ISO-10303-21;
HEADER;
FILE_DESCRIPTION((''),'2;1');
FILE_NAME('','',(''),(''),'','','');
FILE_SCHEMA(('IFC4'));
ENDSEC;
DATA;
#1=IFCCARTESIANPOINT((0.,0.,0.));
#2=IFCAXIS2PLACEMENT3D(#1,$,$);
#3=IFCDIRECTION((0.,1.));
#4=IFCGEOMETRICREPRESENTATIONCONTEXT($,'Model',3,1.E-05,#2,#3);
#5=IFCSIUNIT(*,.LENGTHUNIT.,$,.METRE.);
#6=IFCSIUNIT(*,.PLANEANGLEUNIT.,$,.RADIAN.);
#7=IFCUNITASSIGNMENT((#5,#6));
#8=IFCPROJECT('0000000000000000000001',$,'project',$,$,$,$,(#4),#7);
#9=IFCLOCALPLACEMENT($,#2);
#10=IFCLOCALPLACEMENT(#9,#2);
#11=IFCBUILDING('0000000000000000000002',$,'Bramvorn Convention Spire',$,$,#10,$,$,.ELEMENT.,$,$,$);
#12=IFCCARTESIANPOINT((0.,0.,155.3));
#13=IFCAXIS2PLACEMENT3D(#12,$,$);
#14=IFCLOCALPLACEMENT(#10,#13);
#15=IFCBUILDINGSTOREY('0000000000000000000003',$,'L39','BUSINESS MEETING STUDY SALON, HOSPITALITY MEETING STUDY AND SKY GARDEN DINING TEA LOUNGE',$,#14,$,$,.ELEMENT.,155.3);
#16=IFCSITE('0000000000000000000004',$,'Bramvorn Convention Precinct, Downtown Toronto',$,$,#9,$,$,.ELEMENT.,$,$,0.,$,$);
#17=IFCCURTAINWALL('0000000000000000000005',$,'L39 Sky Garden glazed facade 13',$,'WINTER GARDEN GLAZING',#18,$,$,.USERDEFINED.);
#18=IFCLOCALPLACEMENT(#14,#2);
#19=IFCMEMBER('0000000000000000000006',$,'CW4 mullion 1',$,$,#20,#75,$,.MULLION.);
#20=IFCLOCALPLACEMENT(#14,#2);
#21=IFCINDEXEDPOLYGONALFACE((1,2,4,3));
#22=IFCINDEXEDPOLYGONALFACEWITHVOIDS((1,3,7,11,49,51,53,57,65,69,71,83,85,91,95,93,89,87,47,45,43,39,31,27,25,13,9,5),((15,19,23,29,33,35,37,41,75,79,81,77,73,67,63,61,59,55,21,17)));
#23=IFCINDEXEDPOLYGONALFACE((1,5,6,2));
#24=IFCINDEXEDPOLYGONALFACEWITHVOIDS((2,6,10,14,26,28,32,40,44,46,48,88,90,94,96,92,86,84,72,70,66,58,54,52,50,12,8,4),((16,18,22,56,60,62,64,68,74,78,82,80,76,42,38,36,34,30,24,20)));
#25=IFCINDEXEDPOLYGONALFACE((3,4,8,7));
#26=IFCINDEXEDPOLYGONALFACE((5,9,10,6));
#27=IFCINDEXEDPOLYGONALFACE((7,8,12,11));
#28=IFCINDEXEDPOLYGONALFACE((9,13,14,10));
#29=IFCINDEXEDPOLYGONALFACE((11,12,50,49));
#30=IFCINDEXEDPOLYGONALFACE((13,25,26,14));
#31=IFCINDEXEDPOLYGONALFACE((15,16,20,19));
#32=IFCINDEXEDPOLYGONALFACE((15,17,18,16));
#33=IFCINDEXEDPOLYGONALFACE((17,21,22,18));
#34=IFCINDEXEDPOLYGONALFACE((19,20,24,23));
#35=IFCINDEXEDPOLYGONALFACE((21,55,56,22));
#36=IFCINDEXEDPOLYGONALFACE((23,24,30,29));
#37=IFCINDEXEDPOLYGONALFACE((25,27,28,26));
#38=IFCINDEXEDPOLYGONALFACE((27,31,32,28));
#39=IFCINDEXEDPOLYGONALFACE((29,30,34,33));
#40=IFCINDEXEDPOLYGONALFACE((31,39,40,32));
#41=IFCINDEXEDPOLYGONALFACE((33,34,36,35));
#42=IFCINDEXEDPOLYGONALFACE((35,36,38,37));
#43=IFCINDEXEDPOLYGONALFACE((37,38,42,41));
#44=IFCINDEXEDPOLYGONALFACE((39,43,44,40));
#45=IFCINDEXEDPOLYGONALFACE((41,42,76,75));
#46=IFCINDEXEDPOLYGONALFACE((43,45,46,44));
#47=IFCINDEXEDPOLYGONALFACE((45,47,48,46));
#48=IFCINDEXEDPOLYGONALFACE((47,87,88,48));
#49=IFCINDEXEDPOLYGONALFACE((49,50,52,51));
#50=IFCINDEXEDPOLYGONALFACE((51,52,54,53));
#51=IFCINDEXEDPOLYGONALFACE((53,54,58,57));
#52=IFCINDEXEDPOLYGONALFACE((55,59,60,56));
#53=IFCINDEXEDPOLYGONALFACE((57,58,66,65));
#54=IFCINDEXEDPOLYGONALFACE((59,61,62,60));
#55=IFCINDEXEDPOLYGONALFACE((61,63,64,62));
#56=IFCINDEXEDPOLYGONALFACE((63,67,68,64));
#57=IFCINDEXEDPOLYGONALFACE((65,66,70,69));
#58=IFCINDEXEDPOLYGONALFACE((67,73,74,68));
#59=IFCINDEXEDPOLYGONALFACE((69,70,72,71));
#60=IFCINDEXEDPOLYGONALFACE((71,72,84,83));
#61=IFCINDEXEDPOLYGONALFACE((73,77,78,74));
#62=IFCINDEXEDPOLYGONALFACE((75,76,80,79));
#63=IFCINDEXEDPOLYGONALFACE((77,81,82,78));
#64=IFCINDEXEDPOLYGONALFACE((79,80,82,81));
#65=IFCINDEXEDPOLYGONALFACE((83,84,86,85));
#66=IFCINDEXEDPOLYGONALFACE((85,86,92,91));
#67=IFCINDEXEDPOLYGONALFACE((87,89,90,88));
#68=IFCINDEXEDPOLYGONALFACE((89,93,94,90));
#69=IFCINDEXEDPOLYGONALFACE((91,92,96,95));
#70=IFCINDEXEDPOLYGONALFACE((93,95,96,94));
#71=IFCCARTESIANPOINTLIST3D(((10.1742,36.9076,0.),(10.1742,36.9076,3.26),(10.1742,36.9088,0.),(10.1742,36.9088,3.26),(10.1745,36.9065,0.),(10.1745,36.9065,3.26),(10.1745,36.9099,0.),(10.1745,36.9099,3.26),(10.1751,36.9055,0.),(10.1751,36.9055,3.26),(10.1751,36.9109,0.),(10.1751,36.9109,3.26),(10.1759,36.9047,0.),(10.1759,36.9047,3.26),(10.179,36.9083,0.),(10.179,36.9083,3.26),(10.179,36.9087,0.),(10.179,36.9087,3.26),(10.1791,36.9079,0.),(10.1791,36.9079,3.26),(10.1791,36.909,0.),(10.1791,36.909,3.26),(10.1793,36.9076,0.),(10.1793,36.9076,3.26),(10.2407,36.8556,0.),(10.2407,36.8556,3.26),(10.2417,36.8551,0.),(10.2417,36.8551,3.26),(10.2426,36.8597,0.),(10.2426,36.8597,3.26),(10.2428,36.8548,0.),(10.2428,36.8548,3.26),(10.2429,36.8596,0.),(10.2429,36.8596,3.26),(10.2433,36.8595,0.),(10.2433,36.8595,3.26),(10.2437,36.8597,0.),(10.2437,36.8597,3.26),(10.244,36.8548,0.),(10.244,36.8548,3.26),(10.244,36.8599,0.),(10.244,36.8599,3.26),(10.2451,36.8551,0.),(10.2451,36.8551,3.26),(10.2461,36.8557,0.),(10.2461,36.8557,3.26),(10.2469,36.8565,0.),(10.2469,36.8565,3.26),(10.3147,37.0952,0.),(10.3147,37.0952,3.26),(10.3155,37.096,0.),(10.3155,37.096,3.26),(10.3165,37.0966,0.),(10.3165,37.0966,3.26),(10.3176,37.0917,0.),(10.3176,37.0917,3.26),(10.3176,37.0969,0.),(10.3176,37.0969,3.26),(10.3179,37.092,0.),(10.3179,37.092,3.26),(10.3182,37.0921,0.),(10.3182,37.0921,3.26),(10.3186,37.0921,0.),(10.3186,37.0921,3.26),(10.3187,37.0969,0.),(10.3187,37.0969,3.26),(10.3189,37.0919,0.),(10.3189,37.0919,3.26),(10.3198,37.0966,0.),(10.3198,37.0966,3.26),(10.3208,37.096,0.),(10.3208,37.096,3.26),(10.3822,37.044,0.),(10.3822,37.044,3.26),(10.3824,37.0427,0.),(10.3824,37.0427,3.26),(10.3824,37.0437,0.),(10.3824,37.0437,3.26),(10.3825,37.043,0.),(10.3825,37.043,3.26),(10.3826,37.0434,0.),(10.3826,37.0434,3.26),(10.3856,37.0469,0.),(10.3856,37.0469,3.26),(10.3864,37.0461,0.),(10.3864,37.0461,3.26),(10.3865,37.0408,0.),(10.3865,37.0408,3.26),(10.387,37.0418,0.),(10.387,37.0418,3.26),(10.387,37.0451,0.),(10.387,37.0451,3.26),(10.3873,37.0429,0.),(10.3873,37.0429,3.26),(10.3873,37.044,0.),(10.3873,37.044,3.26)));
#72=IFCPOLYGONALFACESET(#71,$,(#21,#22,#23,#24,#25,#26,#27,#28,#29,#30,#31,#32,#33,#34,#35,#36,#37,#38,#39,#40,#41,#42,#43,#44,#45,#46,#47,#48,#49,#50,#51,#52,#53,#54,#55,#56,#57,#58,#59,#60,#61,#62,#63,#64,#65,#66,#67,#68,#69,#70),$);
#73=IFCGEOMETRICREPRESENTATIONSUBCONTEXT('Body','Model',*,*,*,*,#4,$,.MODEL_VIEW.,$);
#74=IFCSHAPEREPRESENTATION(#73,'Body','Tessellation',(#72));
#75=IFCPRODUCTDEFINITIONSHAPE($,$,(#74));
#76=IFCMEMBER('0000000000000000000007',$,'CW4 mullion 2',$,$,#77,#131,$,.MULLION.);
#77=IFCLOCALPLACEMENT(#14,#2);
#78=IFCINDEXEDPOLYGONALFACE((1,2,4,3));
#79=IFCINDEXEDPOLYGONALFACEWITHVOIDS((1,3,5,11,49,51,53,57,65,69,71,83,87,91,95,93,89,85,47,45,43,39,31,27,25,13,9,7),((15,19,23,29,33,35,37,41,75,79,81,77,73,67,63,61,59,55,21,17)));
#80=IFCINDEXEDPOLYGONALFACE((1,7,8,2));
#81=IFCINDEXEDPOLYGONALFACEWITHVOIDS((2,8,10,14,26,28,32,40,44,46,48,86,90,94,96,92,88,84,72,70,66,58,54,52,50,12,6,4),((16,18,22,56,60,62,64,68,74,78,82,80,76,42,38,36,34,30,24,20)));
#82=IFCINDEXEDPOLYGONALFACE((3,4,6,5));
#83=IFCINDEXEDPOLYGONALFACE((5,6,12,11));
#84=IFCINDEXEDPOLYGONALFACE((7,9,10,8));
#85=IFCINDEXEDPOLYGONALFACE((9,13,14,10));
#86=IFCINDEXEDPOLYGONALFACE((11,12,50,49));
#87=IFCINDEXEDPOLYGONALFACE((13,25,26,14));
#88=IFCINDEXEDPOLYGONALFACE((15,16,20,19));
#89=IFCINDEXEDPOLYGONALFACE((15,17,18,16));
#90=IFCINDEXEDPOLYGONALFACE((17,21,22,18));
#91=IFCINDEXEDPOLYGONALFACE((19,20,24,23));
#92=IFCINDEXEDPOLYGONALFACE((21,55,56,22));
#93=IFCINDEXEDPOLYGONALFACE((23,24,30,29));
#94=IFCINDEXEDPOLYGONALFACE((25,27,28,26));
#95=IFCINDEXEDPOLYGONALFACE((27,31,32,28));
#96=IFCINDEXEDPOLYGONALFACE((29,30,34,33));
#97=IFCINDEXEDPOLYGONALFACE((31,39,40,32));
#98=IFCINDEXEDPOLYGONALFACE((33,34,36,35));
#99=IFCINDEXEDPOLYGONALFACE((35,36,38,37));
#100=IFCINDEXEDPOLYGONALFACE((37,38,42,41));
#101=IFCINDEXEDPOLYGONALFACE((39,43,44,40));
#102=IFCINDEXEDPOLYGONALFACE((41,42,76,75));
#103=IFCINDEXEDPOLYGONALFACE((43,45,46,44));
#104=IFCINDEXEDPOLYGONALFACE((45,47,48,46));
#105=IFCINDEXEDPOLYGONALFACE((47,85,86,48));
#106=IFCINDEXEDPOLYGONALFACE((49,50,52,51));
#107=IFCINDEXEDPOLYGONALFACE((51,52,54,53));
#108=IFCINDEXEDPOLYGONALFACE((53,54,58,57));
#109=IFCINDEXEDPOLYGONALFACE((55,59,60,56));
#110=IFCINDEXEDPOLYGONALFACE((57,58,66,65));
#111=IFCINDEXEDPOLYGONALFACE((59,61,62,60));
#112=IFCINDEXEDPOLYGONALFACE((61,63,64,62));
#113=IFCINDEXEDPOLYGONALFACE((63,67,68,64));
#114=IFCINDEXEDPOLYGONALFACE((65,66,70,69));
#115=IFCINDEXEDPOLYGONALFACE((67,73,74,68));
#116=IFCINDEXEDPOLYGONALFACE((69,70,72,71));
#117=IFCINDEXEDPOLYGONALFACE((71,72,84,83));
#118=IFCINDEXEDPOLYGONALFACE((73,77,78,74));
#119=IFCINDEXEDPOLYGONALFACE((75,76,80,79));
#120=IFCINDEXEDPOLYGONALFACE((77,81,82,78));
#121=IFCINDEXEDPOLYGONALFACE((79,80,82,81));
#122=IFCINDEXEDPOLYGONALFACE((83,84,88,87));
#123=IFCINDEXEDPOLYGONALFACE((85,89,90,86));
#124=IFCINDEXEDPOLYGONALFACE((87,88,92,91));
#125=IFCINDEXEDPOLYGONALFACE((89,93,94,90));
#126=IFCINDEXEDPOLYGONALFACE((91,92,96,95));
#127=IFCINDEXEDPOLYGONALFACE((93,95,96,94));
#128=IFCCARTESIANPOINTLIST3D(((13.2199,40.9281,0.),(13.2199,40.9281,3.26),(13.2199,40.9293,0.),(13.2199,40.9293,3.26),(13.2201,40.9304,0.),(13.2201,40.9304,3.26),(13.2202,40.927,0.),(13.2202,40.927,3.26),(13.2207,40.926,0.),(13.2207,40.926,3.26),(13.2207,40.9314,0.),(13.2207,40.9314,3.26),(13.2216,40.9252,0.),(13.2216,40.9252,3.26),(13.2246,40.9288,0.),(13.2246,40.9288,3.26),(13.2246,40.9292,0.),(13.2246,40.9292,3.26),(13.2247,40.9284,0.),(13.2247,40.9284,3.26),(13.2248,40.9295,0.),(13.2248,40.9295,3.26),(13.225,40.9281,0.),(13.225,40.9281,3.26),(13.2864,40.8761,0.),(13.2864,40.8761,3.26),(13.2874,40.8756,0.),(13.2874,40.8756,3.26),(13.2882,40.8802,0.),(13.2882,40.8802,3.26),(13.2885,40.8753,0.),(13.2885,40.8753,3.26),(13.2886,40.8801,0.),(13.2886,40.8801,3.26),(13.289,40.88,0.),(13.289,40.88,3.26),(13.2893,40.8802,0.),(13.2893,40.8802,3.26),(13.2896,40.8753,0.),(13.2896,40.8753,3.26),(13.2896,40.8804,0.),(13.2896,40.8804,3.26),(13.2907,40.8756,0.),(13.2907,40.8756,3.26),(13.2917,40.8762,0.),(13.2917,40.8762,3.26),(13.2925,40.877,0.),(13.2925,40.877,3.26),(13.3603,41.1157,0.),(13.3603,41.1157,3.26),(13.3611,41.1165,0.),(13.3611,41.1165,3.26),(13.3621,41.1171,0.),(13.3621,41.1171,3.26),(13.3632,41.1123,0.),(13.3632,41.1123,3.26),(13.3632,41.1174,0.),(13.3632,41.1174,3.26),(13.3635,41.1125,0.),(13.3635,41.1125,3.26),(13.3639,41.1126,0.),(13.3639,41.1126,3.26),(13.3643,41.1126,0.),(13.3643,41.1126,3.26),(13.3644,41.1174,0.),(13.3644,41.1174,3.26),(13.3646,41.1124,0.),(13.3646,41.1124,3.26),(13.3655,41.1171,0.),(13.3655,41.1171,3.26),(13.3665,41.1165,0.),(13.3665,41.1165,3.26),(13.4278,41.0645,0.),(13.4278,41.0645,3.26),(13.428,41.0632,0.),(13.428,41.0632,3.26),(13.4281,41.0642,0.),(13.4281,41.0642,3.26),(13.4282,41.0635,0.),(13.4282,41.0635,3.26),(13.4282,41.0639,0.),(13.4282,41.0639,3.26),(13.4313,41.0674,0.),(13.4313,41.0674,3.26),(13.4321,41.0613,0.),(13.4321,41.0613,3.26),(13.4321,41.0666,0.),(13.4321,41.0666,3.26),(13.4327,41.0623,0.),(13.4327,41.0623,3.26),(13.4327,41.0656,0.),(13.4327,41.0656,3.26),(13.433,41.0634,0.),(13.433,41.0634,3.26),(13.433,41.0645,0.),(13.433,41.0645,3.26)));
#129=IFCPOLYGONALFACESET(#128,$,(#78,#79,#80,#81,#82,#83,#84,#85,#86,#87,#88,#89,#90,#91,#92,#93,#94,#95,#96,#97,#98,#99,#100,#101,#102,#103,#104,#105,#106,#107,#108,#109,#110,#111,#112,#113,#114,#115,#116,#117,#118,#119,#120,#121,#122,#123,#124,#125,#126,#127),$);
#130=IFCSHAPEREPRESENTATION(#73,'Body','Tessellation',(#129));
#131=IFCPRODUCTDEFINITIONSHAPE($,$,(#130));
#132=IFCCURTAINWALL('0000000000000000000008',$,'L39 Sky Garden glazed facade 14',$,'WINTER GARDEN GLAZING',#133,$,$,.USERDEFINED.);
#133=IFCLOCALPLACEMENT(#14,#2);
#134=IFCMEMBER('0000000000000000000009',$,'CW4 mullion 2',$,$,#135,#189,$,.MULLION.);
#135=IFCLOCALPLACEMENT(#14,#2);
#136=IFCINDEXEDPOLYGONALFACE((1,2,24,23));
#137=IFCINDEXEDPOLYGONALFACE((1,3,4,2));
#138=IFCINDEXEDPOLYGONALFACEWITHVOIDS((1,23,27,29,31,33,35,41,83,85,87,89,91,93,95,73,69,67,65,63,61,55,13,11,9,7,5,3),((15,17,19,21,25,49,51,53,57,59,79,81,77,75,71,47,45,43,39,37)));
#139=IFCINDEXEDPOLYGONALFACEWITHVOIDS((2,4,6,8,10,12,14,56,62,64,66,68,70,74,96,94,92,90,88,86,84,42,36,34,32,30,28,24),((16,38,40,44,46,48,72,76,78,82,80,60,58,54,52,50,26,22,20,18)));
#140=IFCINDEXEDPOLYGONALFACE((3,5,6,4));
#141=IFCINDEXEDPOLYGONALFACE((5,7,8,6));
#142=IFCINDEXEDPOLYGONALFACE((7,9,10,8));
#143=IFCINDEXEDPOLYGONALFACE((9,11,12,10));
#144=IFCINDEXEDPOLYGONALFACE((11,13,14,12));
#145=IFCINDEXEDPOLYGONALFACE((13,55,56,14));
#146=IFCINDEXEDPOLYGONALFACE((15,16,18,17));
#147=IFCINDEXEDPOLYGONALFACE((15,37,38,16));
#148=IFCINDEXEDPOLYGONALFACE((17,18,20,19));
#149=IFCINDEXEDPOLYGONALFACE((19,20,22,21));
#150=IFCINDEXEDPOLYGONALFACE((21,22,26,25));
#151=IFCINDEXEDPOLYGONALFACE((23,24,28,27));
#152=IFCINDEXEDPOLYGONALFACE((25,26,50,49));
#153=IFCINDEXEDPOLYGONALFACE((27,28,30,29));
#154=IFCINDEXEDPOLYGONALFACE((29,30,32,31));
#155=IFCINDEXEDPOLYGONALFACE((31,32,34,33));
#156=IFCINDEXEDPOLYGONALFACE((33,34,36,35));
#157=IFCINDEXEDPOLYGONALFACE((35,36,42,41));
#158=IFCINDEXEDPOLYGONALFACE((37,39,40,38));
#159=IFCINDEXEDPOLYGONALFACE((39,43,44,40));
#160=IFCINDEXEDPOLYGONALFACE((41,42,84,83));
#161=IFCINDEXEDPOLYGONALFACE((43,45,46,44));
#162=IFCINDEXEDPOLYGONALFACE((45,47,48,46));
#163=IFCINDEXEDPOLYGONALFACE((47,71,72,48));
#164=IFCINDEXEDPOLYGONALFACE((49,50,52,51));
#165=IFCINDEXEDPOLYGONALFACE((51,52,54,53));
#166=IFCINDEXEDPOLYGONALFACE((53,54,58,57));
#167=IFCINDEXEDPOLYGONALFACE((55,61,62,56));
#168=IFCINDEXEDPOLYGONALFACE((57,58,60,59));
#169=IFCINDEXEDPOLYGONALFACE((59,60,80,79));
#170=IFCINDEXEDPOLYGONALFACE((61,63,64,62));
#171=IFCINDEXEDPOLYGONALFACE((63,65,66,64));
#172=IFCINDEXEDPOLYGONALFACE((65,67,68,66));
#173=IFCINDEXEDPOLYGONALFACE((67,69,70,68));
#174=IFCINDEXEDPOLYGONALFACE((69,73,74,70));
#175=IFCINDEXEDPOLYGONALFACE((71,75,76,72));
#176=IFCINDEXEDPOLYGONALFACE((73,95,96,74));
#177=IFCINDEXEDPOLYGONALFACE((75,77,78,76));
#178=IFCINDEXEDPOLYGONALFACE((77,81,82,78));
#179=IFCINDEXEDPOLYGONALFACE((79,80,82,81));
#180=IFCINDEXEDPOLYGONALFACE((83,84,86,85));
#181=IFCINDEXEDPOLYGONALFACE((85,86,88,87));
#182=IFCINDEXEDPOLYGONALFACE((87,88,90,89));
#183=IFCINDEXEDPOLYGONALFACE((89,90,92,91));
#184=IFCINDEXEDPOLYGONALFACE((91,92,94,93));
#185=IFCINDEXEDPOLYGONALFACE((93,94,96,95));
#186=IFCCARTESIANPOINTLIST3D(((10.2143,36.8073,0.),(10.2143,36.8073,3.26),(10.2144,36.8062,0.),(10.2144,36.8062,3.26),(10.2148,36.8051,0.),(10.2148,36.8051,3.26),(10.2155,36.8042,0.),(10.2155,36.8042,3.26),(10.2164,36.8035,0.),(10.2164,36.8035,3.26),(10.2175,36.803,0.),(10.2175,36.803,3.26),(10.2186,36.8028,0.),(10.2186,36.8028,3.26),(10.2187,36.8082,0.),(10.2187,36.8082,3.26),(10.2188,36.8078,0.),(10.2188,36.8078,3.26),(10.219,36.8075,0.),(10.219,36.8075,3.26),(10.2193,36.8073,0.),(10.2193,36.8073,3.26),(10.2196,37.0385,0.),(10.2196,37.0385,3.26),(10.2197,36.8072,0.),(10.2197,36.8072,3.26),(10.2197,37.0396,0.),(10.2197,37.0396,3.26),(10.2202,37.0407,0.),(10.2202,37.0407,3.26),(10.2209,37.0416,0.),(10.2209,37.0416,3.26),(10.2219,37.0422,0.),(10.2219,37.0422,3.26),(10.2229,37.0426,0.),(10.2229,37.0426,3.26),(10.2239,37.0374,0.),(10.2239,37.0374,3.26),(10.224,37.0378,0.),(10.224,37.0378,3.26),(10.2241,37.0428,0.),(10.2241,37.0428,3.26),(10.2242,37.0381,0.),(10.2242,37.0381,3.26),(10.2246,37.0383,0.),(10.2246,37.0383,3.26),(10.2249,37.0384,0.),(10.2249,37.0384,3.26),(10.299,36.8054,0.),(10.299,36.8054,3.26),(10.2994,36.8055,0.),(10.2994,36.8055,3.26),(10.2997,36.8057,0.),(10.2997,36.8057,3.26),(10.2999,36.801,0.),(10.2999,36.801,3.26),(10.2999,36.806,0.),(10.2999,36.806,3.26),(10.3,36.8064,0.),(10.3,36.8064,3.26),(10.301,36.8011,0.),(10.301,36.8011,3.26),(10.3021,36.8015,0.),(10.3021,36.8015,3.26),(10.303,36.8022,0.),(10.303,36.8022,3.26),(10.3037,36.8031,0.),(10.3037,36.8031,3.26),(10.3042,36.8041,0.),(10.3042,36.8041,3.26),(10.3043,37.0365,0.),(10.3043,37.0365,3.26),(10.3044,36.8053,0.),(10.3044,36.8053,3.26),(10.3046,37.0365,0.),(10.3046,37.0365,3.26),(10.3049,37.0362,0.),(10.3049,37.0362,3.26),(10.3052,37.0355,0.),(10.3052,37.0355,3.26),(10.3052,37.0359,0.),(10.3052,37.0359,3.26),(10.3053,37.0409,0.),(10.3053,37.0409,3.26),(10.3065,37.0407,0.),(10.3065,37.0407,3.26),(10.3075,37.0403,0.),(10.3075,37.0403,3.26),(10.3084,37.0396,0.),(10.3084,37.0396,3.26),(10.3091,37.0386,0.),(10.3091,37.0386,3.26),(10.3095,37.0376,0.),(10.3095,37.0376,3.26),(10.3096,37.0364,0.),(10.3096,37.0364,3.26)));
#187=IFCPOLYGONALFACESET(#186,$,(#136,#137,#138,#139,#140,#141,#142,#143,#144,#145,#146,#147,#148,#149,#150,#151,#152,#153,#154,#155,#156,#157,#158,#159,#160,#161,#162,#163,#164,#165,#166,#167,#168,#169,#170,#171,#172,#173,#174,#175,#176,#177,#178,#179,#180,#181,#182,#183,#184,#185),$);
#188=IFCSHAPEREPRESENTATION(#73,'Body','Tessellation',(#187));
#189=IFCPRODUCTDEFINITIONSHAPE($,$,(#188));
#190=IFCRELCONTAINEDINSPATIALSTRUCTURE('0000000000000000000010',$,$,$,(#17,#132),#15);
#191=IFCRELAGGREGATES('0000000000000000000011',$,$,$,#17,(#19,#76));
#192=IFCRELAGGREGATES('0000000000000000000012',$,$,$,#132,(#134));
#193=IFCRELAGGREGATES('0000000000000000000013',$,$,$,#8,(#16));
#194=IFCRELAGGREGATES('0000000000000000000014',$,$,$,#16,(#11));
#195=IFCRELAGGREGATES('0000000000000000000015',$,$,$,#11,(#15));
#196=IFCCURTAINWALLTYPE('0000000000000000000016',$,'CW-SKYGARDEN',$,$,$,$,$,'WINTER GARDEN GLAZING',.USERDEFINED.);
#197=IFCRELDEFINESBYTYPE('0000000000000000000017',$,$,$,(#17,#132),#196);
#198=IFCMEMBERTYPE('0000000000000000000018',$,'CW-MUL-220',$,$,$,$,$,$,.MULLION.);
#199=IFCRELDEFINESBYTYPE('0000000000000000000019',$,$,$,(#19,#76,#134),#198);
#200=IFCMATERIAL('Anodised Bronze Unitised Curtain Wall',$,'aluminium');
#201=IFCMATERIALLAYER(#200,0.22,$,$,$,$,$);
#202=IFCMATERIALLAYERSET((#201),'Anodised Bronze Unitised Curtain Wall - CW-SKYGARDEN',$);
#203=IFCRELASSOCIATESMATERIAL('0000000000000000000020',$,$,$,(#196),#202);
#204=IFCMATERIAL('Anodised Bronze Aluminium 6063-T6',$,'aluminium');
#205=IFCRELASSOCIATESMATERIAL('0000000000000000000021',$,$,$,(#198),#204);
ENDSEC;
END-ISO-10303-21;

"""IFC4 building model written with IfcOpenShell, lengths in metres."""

from ifc_helpers import new_model, si_unit, direction, frame, origin, origin_2d, place, context, subcontext, project, spatial, hollow_rectangle, extrude, material, layer, layer_set, material_profile, profile_set, type_object, element, aggregate, save


model = new_model("IFC4")

# Units and contexts
model_context = context("Model", 3, precision=1e-05, world=origin(), true_north=direction((0.0, 1.0)))
body_context = subcontext(model_context, "Body", "Model", "MODEL_VIEW")
ifc_project = project(units=[si_unit("LENGTHUNIT", "METRE"), si_unit("PLANEANGLEUNIT", "RADIAN")], contexts=[model_context])

# Site, building, storey
site_placement = place(None, origin())
site = spatial("IfcSite", under=ifc_project, at=site_placement, Name="Bramvorn Convention Precinct, Downtown Toronto", CompositionType="ELEMENT", RefElevation=0.0)
building_placement = place(site_placement, origin())
building = spatial("IfcBuilding", under=site, at=building_placement, Name="Bramvorn Convention Spire", CompositionType="ELEMENT")
storey_placement = place(building_placement, frame((0.0, 0.0, 155.3)))
storey = spatial("IfcBuildingStorey", under=building, at=storey_placement, Name="L39", Description="BUSINESS MEETING STUDY SALON, HOSPITALITY MEETING STUDY AND SKY GARDEN DINING TEA LOUNGE", CompositionType="ELEMENT", Elevation=155.3)

# Curtain wall, members
ifc_material_1 = material(Name="Anodised Bronze Unitised Curtain Wall", Category="aluminium")
ifc_layer_1 = layer(ifc_material_1, 0.22)
ifc_layer_set_1 = layer_set([ifc_layer_1], Name="Anodised Bronze Unitised Curtain Wall - CW-SKYGARDEN")
curtain_wall_type = type_object("IfcCurtainWallType", Name="CW-SKYGARDEN", ElementType="WINTER GARDEN GLAZING", PredefinedType="USERDEFINED", material=ifc_layer_set_1)
curtain_wall_1_placement = place(storey_placement, origin())
curtain_wall_1 = element("IfcCurtainWall", 1, at=curtain_wall_1_placement, inside=storey, type_object=curtain_wall_type, Name="L39 Sky Garden glazed facade 13", ObjectType="WINTER GARDEN GLAZING", PredefinedType="USERDEFINED")
ifc_material_2 = material(Name="Anodised Bronze Aluminium 6063-T6", Category="aluminium")
ifc_material_profile_1 = material_profile(ifc_material_2, hollow_rectangle(XDim=0.0901, YDim=0.24, WallThickness=0.0044, InnerFilletRadius=0.001, OuterFilletRadius=0.0044, at=origin_2d()))
ifc_profile_set_1 = profile_set([ifc_material_profile_1], Name="Anodised Bronze Aluminium 6063-T6 - CWM90X240")
member_type_1 = type_object("IfcMemberType", Name="CW-MUL-220", PredefinedType="MULLION", material=ifc_profile_set_1)
member_1_placement = place(storey_placement, frame((10.2808, 36.9758, 0.0), z_axis=(0.0, 0.0, 1.0), x_axis=(-0.79712, 0.603821, 0.0)))
member_1 = element("IfcMember", 2, at=member_1_placement, type_object=member_type_1, Name="CW4 mullion 1", PredefinedType="MULLION", context=body_context, shape_type="SweptSolid", body=[
    extrude(hollow_rectangle(XDim=0.0901, YDim=0.24, WallThickness=0.0044, InnerFilletRadius=0.001, OuterFilletRadius=0.0044, at=origin_2d()), origin(), (0.0, 0.0, 1.0), 3.26),
])
member_2_placement = place(storey_placement, frame((13.3264, 40.9963, 0.0), z_axis=(0.0, 0.0, 1.0), x_axis=(-0.79712, 0.603821, 0.0)))
member_2 = element("IfcMember", 3, at=member_2_placement, type_object=member_type_1, Name="CW4 mullion 2", PredefinedType="MULLION", context=body_context, shape_type="SweptSolid", body=[
    extrude(hollow_rectangle(XDim=0.0901, YDim=0.24, WallThickness=0.0044, InnerFilletRadius=0.001, OuterFilletRadius=0.0044, at=origin_2d()), origin(), (0.0, 0.0, 1.0), 3.26),
])

# Curtain wall, member
curtain_wall_2_placement = place(storey_placement, origin())
curtain_wall_2 = element("IfcCurtainWall", 4, at=curtain_wall_2_placement, inside=storey, type_object=curtain_wall_type, Name="L39 Sky Garden glazed facade 14", ObjectType="WINTER GARDEN GLAZING", PredefinedType="USERDEFINED")
member_3_placement = place(storey_placement, frame((10.262, 36.9219, 0.0), z_axis=(0.0, 0.0, 1.0), x_axis=(-0.999739, 0.022824, 0.0)))
member_3 = element("IfcMember", 5, at=member_3_placement, type_object=member_type_1, Name="CW4 mullion 2", PredefinedType="MULLION", context=body_context, shape_type="SweptSolid", body=[
    extrude(hollow_rectangle(XDim=0.0901, YDim=0.24, WallThickness=0.0044, InnerFilletRadius=0.001, OuterFilletRadius=0.0044, at=origin_2d()), origin(), (0.0, 0.0, 1.0), 3.26),
])

aggregate(curtain_wall_1, [member_1, member_2])
aggregate(curtain_wall_2, [member_3])

save(model, "model.ifc")
